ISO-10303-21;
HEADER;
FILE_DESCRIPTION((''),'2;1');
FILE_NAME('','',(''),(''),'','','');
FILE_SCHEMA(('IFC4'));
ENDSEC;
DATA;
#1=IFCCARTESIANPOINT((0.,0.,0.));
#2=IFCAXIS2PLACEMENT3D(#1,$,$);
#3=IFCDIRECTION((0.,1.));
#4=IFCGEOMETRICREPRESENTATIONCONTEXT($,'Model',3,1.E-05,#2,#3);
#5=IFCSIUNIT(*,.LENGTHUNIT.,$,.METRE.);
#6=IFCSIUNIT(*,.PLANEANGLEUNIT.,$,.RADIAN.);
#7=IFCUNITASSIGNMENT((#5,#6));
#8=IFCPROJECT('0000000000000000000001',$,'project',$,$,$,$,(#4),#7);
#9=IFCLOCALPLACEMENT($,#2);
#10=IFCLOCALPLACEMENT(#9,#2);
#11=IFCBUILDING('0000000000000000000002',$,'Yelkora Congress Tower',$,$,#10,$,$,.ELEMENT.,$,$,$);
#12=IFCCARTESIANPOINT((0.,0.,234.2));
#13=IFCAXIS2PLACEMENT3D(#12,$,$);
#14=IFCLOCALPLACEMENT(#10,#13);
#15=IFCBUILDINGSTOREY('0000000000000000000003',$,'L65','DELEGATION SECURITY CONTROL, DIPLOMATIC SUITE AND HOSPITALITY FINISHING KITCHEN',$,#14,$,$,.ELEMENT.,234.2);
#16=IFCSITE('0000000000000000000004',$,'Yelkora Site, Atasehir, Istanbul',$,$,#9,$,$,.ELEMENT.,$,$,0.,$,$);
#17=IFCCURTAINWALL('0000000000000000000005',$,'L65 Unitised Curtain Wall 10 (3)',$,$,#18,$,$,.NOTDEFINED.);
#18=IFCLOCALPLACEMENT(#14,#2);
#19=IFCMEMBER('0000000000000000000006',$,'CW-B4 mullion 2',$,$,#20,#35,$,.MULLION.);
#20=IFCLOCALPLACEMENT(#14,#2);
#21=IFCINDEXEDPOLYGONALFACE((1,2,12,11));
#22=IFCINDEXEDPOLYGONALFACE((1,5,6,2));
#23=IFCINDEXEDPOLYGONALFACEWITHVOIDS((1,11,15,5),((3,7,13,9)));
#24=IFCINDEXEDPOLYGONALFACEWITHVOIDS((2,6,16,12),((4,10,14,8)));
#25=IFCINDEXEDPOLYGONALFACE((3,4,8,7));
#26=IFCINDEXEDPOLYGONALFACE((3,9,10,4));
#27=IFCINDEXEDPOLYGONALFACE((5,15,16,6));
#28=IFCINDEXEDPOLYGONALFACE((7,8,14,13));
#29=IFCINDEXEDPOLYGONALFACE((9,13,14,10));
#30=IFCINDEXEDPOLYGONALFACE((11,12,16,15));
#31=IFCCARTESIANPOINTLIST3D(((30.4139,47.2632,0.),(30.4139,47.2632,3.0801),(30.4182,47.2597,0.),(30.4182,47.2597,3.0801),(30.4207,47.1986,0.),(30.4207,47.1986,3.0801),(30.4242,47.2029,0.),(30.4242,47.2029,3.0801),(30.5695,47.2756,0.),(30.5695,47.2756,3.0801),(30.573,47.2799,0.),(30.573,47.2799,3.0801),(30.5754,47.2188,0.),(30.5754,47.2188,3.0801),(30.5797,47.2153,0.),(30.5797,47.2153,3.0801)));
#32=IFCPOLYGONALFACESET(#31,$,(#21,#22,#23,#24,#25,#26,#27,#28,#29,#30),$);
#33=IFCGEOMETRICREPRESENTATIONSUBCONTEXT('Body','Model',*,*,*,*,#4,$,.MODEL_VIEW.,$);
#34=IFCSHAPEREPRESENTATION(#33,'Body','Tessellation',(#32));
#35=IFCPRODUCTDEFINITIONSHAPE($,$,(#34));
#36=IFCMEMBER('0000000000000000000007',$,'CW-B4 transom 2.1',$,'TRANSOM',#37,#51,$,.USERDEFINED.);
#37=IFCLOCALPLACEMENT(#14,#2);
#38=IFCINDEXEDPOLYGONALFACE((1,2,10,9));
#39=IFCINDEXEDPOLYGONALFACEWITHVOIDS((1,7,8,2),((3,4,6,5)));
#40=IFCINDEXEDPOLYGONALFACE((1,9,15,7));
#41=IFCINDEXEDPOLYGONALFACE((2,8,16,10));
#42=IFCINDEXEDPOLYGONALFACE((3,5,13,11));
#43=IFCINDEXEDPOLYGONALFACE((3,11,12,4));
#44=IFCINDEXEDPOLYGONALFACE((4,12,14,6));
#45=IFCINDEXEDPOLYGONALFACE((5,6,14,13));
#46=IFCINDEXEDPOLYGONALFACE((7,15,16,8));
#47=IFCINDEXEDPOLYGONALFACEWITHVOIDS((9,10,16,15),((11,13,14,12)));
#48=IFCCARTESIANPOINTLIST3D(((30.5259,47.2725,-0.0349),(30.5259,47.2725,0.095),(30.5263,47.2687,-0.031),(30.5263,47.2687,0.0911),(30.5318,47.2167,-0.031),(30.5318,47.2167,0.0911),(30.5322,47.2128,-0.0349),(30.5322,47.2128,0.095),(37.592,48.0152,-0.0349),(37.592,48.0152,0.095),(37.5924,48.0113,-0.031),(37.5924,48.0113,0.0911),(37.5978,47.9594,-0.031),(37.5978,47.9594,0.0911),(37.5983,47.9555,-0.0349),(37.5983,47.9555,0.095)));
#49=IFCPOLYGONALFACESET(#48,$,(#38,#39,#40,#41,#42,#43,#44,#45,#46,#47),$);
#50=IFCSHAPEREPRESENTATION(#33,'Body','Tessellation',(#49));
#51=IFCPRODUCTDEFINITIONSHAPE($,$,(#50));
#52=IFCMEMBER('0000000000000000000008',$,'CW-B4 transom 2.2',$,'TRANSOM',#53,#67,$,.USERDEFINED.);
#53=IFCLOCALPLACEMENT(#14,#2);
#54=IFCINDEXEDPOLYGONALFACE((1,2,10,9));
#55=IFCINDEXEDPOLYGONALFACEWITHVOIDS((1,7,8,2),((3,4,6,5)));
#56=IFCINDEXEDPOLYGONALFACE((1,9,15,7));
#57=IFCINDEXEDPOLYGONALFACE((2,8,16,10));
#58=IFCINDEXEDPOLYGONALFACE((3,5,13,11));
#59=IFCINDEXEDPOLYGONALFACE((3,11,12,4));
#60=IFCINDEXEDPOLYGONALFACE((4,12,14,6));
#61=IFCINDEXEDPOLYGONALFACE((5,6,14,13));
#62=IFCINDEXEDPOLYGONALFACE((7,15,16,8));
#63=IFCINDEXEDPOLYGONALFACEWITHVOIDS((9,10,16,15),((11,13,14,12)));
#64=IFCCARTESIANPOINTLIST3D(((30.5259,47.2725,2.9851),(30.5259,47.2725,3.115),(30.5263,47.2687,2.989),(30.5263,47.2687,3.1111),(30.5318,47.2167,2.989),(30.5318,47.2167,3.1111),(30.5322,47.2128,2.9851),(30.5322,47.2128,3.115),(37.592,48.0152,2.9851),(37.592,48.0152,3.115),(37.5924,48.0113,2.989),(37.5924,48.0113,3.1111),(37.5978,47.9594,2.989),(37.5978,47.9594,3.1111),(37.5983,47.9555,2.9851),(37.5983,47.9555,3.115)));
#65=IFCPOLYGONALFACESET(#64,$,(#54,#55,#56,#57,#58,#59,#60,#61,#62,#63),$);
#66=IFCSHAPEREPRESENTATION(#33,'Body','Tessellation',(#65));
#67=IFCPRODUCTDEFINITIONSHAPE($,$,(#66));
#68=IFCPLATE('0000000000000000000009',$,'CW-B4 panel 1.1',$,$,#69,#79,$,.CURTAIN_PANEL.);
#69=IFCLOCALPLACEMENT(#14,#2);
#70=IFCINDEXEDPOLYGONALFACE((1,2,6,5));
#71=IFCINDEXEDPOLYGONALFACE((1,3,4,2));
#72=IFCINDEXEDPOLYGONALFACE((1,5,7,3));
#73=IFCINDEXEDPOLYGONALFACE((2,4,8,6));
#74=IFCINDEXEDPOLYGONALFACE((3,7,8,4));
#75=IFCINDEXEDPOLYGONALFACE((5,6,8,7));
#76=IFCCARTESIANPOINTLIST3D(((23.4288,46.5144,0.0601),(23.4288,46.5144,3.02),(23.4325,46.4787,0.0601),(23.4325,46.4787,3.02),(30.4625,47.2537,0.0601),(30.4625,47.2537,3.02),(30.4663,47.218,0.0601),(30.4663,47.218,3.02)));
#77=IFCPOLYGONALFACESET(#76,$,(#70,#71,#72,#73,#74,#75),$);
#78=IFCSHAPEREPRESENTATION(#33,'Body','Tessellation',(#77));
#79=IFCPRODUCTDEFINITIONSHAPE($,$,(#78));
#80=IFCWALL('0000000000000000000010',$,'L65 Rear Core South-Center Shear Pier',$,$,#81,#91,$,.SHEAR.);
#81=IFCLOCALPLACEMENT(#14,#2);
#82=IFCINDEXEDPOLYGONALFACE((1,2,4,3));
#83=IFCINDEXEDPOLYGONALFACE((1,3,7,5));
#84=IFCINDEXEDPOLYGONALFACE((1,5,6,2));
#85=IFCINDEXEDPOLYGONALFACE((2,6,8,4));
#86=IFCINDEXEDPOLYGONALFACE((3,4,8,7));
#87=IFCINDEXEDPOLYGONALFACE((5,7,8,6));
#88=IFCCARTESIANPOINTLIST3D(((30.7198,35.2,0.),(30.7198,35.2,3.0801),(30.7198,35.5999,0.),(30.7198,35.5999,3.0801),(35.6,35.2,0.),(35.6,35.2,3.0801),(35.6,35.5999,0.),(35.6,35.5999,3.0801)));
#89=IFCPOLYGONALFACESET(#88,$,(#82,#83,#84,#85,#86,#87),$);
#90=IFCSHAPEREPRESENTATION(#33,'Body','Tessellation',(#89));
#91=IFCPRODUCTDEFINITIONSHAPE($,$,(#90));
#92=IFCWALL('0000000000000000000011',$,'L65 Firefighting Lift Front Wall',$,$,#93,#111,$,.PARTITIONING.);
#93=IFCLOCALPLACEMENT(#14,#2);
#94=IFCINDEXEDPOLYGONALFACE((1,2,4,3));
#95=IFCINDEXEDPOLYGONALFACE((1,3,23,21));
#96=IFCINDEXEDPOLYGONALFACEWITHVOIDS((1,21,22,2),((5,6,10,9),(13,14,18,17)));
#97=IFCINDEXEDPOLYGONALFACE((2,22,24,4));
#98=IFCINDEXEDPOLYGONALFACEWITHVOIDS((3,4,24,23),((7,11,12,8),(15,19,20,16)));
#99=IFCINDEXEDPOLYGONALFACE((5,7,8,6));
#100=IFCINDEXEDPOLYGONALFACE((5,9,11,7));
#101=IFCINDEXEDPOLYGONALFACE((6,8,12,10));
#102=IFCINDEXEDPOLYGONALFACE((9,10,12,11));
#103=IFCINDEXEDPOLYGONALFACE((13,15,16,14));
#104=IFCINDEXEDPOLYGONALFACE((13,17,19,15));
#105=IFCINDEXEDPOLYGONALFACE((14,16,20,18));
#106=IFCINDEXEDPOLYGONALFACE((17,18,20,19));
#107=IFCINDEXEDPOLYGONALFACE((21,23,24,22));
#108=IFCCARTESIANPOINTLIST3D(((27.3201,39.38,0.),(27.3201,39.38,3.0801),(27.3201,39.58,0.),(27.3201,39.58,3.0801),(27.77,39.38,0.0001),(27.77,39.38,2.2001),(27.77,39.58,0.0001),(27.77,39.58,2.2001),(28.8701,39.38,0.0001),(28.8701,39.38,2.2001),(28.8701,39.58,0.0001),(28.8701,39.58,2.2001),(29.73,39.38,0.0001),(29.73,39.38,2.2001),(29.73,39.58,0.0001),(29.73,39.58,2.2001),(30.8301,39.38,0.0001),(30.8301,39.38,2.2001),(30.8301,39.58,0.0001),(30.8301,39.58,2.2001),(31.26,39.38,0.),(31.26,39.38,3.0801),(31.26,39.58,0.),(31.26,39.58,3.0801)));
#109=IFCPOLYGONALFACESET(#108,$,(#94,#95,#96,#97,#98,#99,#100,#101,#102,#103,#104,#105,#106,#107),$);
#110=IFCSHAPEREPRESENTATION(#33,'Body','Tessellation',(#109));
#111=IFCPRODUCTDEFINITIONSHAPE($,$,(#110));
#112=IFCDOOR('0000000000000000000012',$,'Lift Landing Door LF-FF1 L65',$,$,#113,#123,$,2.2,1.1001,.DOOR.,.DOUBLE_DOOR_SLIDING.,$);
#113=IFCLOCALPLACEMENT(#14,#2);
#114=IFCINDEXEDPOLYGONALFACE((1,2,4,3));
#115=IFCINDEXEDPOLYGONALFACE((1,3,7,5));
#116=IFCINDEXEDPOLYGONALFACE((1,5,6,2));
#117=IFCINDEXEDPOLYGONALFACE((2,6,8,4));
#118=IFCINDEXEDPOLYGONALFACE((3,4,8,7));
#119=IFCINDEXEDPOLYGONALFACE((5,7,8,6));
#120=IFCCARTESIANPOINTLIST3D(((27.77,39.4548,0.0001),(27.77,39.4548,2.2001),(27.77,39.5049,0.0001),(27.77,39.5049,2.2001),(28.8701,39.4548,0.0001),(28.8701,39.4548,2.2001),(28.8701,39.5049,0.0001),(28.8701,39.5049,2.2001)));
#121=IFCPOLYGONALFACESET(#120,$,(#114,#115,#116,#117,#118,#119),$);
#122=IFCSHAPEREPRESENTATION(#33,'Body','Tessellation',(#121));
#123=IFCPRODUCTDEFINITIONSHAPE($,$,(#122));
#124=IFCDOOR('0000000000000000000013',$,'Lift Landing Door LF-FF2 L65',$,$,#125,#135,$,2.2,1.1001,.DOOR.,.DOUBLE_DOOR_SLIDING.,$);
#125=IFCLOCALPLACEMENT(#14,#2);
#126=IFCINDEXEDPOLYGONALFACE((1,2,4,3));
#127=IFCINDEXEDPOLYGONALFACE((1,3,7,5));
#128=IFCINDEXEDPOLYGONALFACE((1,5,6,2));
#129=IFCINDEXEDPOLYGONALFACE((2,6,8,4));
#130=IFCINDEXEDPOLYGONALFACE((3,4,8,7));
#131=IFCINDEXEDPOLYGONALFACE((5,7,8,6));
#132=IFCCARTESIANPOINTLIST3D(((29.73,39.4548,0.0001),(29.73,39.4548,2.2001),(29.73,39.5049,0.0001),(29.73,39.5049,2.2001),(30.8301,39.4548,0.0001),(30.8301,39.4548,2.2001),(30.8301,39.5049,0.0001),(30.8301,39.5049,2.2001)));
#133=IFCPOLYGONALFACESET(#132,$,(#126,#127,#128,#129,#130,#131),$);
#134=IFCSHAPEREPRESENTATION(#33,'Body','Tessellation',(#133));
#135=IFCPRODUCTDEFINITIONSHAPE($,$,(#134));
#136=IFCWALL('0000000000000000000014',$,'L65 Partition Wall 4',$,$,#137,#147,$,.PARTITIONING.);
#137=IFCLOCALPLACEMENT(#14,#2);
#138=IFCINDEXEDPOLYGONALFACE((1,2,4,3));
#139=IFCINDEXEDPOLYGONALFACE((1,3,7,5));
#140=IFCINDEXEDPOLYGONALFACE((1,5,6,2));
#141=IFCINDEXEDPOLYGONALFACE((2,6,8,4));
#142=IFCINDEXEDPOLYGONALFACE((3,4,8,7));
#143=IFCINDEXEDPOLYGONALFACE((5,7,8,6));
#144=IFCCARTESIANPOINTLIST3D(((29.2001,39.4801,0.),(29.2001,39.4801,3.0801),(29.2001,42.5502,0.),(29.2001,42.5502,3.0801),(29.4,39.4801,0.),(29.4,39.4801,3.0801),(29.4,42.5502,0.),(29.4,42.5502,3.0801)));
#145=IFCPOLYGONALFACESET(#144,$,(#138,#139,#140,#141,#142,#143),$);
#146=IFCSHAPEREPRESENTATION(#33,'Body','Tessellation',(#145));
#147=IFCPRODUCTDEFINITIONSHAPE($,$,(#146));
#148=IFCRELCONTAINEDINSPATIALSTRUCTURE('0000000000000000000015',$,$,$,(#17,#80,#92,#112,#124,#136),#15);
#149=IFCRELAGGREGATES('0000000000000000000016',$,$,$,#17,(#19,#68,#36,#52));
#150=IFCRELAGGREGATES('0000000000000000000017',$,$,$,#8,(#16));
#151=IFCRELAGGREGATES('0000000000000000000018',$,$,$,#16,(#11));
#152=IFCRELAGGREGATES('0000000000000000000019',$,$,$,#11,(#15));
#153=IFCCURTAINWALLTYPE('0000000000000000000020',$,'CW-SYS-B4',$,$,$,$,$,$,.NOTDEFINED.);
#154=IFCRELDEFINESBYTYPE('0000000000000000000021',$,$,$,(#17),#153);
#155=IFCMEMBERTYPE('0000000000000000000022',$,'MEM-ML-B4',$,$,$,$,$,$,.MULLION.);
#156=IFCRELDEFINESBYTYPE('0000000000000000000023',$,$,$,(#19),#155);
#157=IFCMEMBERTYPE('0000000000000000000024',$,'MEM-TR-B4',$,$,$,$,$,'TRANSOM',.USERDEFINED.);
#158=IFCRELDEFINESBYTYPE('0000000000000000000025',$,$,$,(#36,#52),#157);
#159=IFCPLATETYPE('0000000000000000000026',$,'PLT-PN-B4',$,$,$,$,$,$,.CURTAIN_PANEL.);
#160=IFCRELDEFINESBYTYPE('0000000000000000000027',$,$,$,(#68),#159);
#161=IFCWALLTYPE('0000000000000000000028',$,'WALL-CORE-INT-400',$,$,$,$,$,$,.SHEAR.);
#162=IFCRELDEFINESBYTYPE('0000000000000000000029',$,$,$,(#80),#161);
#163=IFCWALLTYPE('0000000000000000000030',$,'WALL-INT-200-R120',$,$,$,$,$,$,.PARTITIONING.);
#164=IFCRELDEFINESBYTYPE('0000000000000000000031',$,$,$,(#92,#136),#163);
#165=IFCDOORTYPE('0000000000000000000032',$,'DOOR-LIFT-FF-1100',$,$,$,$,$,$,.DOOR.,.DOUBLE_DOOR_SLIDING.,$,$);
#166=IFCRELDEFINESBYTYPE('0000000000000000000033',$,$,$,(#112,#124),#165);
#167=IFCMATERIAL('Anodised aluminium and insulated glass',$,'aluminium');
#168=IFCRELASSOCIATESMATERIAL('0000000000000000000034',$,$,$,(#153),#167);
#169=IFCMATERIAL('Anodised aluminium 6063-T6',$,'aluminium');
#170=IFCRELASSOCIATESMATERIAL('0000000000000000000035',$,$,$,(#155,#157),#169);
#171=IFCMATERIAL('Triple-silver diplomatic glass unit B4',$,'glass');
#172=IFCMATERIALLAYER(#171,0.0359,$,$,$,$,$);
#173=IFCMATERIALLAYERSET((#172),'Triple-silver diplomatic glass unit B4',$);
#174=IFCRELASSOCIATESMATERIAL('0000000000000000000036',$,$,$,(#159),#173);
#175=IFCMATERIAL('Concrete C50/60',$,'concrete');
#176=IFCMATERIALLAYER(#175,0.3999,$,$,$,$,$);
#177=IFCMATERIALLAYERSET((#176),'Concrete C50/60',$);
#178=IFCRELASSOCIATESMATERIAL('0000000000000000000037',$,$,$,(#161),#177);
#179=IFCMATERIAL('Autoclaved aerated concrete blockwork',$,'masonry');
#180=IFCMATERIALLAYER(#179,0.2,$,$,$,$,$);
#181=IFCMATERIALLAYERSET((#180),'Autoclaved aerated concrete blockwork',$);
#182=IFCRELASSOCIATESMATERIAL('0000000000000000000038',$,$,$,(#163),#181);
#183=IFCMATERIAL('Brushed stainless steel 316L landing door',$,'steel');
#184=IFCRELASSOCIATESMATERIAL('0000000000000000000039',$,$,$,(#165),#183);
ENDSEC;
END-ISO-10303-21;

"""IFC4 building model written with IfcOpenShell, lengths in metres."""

from ifc_helpers import new_model, si_unit, direction, frame, frame_2d, origin, origin_2d, place, context, subcontext, project, spatial, rectangle, hollow_rectangle, extrude, material, layer, layer_set, material_profile, profile_set, type_object, element, fill, aggregate, save


model = new_model("IFC4")

# Units and contexts
model_context = context("Model", 3, precision=1e-05, world=origin(), true_north=direction((0.0, 1.0)))
body_context = subcontext(model_context, "Body", "Model", "MODEL_VIEW")
ifc_project = project(units=[si_unit("LENGTHUNIT", "METRE"), si_unit("PLANEANGLEUNIT", "RADIAN")], contexts=[model_context])

# Site, building, storey
site_placement = place(None, origin())
site = spatial("IfcSite", under=ifc_project, at=site_placement, Name="Yelkora Site, Atasehir, Istanbul", CompositionType="ELEMENT", RefElevation=0.0)
building_placement = place(site_placement, origin())
building = spatial("IfcBuilding", under=site, at=building_placement, Name="Yelkora Congress Tower", CompositionType="ELEMENT")
storey_placement = place(building_placement, frame((0.0, 0.0, 234.2)))
storey = spatial("IfcBuildingStorey", under=building, at=storey_placement, Name="L65", Description="DELEGATION SECURITY CONTROL, DIPLOMATIC SUITE AND HOSPITALITY FINISHING KITCHEN", CompositionType="ELEMENT", Elevation=234.2)

# Curtain wall, members, plate
ifc_material_1 = material(Name="Anodised aluminium and insulated glass", Category="aluminium")
curtain_wall_type = type_object("IfcCurtainWallType", Name="CW-SYS-B4", PredefinedType="NOTDEFINED", material=ifc_material_1)
curtain_wall_placement = place(storey_placement, origin())
curtain_wall = element("IfcCurtainWall", 1, at=curtain_wall_placement, inside=storey, type_object=curtain_wall_type, Name="L65 Unitised Curtain Wall 10 (3)", PredefinedType="NOTDEFINED")
ifc_material_2 = material(Name="Anodised aluminium 6063-T6", Category="aluminium")
ifc_material_profile_1 = material_profile(ifc_material_2, hollow_rectangle(XDim=0.0649, YDim=0.1599, WallThickness=0.0039, at=origin_2d()), Name="ALU 65x160x4")
ifc_profile_set_1 = profile_set([ifc_material_profile_1], Name="Anodised aluminium 6063-T6")
member_type_1 = type_object("IfcMemberType", Name="MEM-ML-B4", PredefinedType="MULLION", material=ifc_profile_set_1)
member_1_placement = place(storey_placement, frame((30.4968, 47.2393, 0.0), z_axis=(0.0, 0.0, 1.0), x_axis=(-0.104528, 0.994522, 0.0)))
member_1 = element("IfcMember", 2, at=member_1_placement, type_object=member_type_1, Name="CW-B4 mullion 2", PredefinedType="MULLION", context=body_context, shape_type="SweptSolid", body=[
    extrude(hollow_rectangle(XDim=0.0649, YDim=0.1599, WallThickness=0.0039, at=origin_2d()), origin(), (0.0, 0.0, 1.0), 3.0801),
])
ifc_material_profile_2 = material_profile(ifc_material_2, hollow_rectangle(XDim=0.0601, YDim=0.1299, WallThickness=0.0039, at=origin_2d()), Name="ALU 60x130x4")
ifc_profile_set_2 = profile_set([ifc_material_profile_2], Name="Anodised aluminium 6063-T6")
member_type_2 = type_object("IfcMemberType", Name="MEM-TR-B4", ElementType="TRANSOM", PredefinedType="USERDEFINED", material=ifc_profile_set_2)
member_2_placement = place(storey_placement, frame((30.5291, 47.2427, 0.03), z_axis=(0.994522, 0.104527, 0.0), x_axis=(-0.104527, 0.994522, 0.0)))
member_2 = element("IfcMember", 3, at=member_2_placement, type_object=member_type_2, Name="CW-B4 transom 2.1", ObjectType="TRANSOM", PredefinedType="USERDEFINED", context=body_context, shape_type="SweptSolid", body=[
    extrude(hollow_rectangle(XDim=0.0601, YDim=0.1299, WallThickness=0.0039, at=origin_2d()), origin(), (0.0, 0.0, 1.0), 7.105),
])
member_3_placement = place(storey_placement, frame((30.5291, 47.2427, 3.05), z_axis=(0.994522, 0.104527, 0.0), x_axis=(-0.104527, 0.994522, 0.0)))
member_3 = element("IfcMember", 4, at=member_3_placement, type_object=member_type_2, Name="CW-B4 transom 2.2", ObjectType="TRANSOM", PredefinedType="USERDEFINED", context=body_context, shape_type="SweptSolid", body=[
    extrude(hollow_rectangle(XDim=0.0601, YDim=0.1299, WallThickness=0.0039, at=origin_2d()), origin(), (0.0, 0.0, 1.0), 7.105),
])
ifc_material_3 = material(Name="Triple-silver diplomatic glass unit B4", Category="glass")
ifc_layer_1 = layer(ifc_material_3, 0.0359)
ifc_layer_set_1 = layer_set([ifc_layer_1], Name="Triple-silver diplomatic glass unit B4")
plate_type = type_object("IfcPlateType", Name="PLT-PN-B4", PredefinedType="CURTAIN_PANEL", material=ifc_layer_set_1)
plate_placement = place(storey_placement, frame((26.9475, 46.8662, 0.0601), z_axis=(0.0, 0.0, 1.0), x_axis=(0.994522, 0.104528, 0.0)))
plate = element("IfcPlate", 5, at=plate_placement, type_object=plate_type, Name="CW-B4 panel 1.1", PredefinedType="CURTAIN_PANEL", context=body_context, shape_type="SweptSolid", body=[
    extrude(rectangle(XDim=7.0725, YDim=0.0359, at=origin_2d()), origin(), (0.0, 0.0, 1.0), 2.96),
])
aggregate(curtain_wall, [member_1, plate, member_2, member_3])

# Wall
ifc_material_4 = material(Name="Concrete C50/60", Category="concrete")
ifc_layer_2 = layer(ifc_material_4, 0.3999)
ifc_layer_set_2 = layer_set([ifc_layer_2], Name="Concrete C50/60")
wall_type_1 = type_object("IfcWallType", Name="WALL-CORE-INT-400", PredefinedType="SHEAR", material=ifc_layer_set_2)
wall_1_placement = place(storey_placement, frame((30.72, 35.3999, 0.0), z_axis=(0.0, 0.0, 1.0), x_axis=(1.0, 0.0, 0.0)))
element("IfcWall", 6, at=wall_1_placement, inside=storey, type_object=wall_type_1, Name="L65 Rear Core South-Center Shear Pier", PredefinedType="SHEAR", context=body_context, shape_type="SweptSolid", body=[
    extrude(rectangle(XDim=4.8801, YDim=0.3999, at=frame_2d((2.4399, 0.0))), origin(), (0.0, 0.0, 1.0), 3.0801),
])

# Shared definitions
ifc_material_5 = material(Name="Autoclaved aerated concrete blockwork", Category="masonry")
ifc_layer_3 = layer(ifc_material_5, 0.2)
ifc_layer_set_3 = layer_set([ifc_layer_3], Name="Autoclaved aerated concrete blockwork")
wall_type_2 = type_object("IfcWallType", Name="WALL-INT-200-R120", PredefinedType="PARTITIONING", material=ifc_layer_set_3)

# Wall, openings, doors
wall_2_placement = place(storey_placement, frame((27.3201, 39.48, 0.0), z_axis=(0.0, 0.0, 1.0), x_axis=(1.0, 0.0, 0.0)))
wall_2 = element("IfcWall", 7, at=wall_2_placement, inside=storey, type_object=wall_type_2, Name="L65 Firefighting Lift Front Wall", PredefinedType="PARTITIONING", context=body_context, shape_type="SweptSolid", body=[
    extrude(rectangle(XDim=3.9399, YDim=0.2, at=frame_2d((1.97, 0.0))), origin(), (0.0, 0.0, 1.0), 3.0801),
])
opening_1_placement = place(wall_2_placement, frame((0.45, 0.0, 0.0)))
opening_1 = element("IfcOpeningElement", 8, at=opening_1_placement, cuts=wall_2, PredefinedType="OPENING", context=body_context, shape_type="SweptSolid", body=[
    extrude(rectangle(XDim=1.1001, YDim=2.2, at=frame_2d((0.55, 1.1001))), frame((0.0, 0.1099, 0.0), z_axis=(0.0, -1.0, 0.0), x_axis=(1.0, 0.0, 0.0)), (0.0, 0.0, 1.0), 0.22),
])
opening_2_placement = place(wall_2_placement, frame((2.4099, 0.0, 0.0)))
opening_2 = element("IfcOpeningElement", 9, at=opening_2_placement, cuts=wall_2, PredefinedType="OPENING", context=body_context, shape_type="SweptSolid", body=[
    extrude(rectangle(XDim=1.1001, YDim=2.2, at=frame_2d((0.55, 1.1001))), frame((0.0, 0.1099, 0.0), z_axis=(0.0, -1.0, 0.0), x_axis=(1.0, 0.0, 0.0)), (0.0, 0.0, 1.0), 0.22),
])
ifc_material_6 = material(Name="Brushed stainless steel 316L landing door", Category="steel")
door_type_1 = type_object("IfcDoorType", Name="DOOR-LIFT-FF-1100", OperationType="DOUBLE_DOOR_SLIDING", PredefinedType="DOOR", material=ifc_material_6)
door_1_placement = place(opening_1_placement, origin())
door_1 = element("IfcDoor", 10, at=door_1_placement, inside=storey, type_object=door_type_1, Name="Lift Landing Door LF-FF1 L65", OperationType="DOUBLE_DOOR_SLIDING", OverallHeight=2.2, OverallWidth=1.1001, PredefinedType="DOOR", context=body_context, shape_type="SweptSolid", body=[
    extrude(rectangle(XDim=1.1001, YDim=2.2, at=frame_2d((0.55, 1.1001))), frame((0.0, 0.0249, 0.0), z_axis=(0.0, -1.0, 0.0), x_axis=(1.0, 0.0, 0.0)), (0.0, 0.0, 1.0), 0.05),
])
fill(opening_1, door_1)
door_2_placement = place(opening_2_placement, origin())
door_2 = element("IfcDoor", 11, at=door_2_placement, inside=storey, type_object=door_type_1, Name="Lift Landing Door LF-FF2 L65", OperationType="DOUBLE_DOOR_SLIDING", OverallHeight=2.2, OverallWidth=1.1001, PredefinedType="DOOR", context=body_context, shape_type="SweptSolid", body=[
    extrude(rectangle(XDim=1.1001, YDim=2.2, at=frame_2d((0.55, 1.1001))), frame((0.0, 0.0249, 0.0), z_axis=(0.0, -1.0, 0.0), x_axis=(1.0, 0.0, 0.0)), (0.0, 0.0, 1.0), 0.05),
])
fill(opening_2, door_2)

# Wall
wall_3_placement = place(storey_placement, frame((29.3, 39.48, 0.0), z_axis=(0.0, 0.0, 1.0), x_axis=(0.0, 1.0, 0.0)))
element("IfcWall", 12, at=wall_3_placement, inside=storey, type_object=wall_type_2, Name="L65 Partition Wall 4", PredefinedType="PARTITIONING", context=body_context, shape_type="SweptSolid", body=[
    extrude(rectangle(XDim=3.0701, YDim=0.2, at=frame_2d((1.5352, 0.0))), origin(), (0.0, 0.0, 1.0), 3.0801),
])

save(model, "model.ifc")
